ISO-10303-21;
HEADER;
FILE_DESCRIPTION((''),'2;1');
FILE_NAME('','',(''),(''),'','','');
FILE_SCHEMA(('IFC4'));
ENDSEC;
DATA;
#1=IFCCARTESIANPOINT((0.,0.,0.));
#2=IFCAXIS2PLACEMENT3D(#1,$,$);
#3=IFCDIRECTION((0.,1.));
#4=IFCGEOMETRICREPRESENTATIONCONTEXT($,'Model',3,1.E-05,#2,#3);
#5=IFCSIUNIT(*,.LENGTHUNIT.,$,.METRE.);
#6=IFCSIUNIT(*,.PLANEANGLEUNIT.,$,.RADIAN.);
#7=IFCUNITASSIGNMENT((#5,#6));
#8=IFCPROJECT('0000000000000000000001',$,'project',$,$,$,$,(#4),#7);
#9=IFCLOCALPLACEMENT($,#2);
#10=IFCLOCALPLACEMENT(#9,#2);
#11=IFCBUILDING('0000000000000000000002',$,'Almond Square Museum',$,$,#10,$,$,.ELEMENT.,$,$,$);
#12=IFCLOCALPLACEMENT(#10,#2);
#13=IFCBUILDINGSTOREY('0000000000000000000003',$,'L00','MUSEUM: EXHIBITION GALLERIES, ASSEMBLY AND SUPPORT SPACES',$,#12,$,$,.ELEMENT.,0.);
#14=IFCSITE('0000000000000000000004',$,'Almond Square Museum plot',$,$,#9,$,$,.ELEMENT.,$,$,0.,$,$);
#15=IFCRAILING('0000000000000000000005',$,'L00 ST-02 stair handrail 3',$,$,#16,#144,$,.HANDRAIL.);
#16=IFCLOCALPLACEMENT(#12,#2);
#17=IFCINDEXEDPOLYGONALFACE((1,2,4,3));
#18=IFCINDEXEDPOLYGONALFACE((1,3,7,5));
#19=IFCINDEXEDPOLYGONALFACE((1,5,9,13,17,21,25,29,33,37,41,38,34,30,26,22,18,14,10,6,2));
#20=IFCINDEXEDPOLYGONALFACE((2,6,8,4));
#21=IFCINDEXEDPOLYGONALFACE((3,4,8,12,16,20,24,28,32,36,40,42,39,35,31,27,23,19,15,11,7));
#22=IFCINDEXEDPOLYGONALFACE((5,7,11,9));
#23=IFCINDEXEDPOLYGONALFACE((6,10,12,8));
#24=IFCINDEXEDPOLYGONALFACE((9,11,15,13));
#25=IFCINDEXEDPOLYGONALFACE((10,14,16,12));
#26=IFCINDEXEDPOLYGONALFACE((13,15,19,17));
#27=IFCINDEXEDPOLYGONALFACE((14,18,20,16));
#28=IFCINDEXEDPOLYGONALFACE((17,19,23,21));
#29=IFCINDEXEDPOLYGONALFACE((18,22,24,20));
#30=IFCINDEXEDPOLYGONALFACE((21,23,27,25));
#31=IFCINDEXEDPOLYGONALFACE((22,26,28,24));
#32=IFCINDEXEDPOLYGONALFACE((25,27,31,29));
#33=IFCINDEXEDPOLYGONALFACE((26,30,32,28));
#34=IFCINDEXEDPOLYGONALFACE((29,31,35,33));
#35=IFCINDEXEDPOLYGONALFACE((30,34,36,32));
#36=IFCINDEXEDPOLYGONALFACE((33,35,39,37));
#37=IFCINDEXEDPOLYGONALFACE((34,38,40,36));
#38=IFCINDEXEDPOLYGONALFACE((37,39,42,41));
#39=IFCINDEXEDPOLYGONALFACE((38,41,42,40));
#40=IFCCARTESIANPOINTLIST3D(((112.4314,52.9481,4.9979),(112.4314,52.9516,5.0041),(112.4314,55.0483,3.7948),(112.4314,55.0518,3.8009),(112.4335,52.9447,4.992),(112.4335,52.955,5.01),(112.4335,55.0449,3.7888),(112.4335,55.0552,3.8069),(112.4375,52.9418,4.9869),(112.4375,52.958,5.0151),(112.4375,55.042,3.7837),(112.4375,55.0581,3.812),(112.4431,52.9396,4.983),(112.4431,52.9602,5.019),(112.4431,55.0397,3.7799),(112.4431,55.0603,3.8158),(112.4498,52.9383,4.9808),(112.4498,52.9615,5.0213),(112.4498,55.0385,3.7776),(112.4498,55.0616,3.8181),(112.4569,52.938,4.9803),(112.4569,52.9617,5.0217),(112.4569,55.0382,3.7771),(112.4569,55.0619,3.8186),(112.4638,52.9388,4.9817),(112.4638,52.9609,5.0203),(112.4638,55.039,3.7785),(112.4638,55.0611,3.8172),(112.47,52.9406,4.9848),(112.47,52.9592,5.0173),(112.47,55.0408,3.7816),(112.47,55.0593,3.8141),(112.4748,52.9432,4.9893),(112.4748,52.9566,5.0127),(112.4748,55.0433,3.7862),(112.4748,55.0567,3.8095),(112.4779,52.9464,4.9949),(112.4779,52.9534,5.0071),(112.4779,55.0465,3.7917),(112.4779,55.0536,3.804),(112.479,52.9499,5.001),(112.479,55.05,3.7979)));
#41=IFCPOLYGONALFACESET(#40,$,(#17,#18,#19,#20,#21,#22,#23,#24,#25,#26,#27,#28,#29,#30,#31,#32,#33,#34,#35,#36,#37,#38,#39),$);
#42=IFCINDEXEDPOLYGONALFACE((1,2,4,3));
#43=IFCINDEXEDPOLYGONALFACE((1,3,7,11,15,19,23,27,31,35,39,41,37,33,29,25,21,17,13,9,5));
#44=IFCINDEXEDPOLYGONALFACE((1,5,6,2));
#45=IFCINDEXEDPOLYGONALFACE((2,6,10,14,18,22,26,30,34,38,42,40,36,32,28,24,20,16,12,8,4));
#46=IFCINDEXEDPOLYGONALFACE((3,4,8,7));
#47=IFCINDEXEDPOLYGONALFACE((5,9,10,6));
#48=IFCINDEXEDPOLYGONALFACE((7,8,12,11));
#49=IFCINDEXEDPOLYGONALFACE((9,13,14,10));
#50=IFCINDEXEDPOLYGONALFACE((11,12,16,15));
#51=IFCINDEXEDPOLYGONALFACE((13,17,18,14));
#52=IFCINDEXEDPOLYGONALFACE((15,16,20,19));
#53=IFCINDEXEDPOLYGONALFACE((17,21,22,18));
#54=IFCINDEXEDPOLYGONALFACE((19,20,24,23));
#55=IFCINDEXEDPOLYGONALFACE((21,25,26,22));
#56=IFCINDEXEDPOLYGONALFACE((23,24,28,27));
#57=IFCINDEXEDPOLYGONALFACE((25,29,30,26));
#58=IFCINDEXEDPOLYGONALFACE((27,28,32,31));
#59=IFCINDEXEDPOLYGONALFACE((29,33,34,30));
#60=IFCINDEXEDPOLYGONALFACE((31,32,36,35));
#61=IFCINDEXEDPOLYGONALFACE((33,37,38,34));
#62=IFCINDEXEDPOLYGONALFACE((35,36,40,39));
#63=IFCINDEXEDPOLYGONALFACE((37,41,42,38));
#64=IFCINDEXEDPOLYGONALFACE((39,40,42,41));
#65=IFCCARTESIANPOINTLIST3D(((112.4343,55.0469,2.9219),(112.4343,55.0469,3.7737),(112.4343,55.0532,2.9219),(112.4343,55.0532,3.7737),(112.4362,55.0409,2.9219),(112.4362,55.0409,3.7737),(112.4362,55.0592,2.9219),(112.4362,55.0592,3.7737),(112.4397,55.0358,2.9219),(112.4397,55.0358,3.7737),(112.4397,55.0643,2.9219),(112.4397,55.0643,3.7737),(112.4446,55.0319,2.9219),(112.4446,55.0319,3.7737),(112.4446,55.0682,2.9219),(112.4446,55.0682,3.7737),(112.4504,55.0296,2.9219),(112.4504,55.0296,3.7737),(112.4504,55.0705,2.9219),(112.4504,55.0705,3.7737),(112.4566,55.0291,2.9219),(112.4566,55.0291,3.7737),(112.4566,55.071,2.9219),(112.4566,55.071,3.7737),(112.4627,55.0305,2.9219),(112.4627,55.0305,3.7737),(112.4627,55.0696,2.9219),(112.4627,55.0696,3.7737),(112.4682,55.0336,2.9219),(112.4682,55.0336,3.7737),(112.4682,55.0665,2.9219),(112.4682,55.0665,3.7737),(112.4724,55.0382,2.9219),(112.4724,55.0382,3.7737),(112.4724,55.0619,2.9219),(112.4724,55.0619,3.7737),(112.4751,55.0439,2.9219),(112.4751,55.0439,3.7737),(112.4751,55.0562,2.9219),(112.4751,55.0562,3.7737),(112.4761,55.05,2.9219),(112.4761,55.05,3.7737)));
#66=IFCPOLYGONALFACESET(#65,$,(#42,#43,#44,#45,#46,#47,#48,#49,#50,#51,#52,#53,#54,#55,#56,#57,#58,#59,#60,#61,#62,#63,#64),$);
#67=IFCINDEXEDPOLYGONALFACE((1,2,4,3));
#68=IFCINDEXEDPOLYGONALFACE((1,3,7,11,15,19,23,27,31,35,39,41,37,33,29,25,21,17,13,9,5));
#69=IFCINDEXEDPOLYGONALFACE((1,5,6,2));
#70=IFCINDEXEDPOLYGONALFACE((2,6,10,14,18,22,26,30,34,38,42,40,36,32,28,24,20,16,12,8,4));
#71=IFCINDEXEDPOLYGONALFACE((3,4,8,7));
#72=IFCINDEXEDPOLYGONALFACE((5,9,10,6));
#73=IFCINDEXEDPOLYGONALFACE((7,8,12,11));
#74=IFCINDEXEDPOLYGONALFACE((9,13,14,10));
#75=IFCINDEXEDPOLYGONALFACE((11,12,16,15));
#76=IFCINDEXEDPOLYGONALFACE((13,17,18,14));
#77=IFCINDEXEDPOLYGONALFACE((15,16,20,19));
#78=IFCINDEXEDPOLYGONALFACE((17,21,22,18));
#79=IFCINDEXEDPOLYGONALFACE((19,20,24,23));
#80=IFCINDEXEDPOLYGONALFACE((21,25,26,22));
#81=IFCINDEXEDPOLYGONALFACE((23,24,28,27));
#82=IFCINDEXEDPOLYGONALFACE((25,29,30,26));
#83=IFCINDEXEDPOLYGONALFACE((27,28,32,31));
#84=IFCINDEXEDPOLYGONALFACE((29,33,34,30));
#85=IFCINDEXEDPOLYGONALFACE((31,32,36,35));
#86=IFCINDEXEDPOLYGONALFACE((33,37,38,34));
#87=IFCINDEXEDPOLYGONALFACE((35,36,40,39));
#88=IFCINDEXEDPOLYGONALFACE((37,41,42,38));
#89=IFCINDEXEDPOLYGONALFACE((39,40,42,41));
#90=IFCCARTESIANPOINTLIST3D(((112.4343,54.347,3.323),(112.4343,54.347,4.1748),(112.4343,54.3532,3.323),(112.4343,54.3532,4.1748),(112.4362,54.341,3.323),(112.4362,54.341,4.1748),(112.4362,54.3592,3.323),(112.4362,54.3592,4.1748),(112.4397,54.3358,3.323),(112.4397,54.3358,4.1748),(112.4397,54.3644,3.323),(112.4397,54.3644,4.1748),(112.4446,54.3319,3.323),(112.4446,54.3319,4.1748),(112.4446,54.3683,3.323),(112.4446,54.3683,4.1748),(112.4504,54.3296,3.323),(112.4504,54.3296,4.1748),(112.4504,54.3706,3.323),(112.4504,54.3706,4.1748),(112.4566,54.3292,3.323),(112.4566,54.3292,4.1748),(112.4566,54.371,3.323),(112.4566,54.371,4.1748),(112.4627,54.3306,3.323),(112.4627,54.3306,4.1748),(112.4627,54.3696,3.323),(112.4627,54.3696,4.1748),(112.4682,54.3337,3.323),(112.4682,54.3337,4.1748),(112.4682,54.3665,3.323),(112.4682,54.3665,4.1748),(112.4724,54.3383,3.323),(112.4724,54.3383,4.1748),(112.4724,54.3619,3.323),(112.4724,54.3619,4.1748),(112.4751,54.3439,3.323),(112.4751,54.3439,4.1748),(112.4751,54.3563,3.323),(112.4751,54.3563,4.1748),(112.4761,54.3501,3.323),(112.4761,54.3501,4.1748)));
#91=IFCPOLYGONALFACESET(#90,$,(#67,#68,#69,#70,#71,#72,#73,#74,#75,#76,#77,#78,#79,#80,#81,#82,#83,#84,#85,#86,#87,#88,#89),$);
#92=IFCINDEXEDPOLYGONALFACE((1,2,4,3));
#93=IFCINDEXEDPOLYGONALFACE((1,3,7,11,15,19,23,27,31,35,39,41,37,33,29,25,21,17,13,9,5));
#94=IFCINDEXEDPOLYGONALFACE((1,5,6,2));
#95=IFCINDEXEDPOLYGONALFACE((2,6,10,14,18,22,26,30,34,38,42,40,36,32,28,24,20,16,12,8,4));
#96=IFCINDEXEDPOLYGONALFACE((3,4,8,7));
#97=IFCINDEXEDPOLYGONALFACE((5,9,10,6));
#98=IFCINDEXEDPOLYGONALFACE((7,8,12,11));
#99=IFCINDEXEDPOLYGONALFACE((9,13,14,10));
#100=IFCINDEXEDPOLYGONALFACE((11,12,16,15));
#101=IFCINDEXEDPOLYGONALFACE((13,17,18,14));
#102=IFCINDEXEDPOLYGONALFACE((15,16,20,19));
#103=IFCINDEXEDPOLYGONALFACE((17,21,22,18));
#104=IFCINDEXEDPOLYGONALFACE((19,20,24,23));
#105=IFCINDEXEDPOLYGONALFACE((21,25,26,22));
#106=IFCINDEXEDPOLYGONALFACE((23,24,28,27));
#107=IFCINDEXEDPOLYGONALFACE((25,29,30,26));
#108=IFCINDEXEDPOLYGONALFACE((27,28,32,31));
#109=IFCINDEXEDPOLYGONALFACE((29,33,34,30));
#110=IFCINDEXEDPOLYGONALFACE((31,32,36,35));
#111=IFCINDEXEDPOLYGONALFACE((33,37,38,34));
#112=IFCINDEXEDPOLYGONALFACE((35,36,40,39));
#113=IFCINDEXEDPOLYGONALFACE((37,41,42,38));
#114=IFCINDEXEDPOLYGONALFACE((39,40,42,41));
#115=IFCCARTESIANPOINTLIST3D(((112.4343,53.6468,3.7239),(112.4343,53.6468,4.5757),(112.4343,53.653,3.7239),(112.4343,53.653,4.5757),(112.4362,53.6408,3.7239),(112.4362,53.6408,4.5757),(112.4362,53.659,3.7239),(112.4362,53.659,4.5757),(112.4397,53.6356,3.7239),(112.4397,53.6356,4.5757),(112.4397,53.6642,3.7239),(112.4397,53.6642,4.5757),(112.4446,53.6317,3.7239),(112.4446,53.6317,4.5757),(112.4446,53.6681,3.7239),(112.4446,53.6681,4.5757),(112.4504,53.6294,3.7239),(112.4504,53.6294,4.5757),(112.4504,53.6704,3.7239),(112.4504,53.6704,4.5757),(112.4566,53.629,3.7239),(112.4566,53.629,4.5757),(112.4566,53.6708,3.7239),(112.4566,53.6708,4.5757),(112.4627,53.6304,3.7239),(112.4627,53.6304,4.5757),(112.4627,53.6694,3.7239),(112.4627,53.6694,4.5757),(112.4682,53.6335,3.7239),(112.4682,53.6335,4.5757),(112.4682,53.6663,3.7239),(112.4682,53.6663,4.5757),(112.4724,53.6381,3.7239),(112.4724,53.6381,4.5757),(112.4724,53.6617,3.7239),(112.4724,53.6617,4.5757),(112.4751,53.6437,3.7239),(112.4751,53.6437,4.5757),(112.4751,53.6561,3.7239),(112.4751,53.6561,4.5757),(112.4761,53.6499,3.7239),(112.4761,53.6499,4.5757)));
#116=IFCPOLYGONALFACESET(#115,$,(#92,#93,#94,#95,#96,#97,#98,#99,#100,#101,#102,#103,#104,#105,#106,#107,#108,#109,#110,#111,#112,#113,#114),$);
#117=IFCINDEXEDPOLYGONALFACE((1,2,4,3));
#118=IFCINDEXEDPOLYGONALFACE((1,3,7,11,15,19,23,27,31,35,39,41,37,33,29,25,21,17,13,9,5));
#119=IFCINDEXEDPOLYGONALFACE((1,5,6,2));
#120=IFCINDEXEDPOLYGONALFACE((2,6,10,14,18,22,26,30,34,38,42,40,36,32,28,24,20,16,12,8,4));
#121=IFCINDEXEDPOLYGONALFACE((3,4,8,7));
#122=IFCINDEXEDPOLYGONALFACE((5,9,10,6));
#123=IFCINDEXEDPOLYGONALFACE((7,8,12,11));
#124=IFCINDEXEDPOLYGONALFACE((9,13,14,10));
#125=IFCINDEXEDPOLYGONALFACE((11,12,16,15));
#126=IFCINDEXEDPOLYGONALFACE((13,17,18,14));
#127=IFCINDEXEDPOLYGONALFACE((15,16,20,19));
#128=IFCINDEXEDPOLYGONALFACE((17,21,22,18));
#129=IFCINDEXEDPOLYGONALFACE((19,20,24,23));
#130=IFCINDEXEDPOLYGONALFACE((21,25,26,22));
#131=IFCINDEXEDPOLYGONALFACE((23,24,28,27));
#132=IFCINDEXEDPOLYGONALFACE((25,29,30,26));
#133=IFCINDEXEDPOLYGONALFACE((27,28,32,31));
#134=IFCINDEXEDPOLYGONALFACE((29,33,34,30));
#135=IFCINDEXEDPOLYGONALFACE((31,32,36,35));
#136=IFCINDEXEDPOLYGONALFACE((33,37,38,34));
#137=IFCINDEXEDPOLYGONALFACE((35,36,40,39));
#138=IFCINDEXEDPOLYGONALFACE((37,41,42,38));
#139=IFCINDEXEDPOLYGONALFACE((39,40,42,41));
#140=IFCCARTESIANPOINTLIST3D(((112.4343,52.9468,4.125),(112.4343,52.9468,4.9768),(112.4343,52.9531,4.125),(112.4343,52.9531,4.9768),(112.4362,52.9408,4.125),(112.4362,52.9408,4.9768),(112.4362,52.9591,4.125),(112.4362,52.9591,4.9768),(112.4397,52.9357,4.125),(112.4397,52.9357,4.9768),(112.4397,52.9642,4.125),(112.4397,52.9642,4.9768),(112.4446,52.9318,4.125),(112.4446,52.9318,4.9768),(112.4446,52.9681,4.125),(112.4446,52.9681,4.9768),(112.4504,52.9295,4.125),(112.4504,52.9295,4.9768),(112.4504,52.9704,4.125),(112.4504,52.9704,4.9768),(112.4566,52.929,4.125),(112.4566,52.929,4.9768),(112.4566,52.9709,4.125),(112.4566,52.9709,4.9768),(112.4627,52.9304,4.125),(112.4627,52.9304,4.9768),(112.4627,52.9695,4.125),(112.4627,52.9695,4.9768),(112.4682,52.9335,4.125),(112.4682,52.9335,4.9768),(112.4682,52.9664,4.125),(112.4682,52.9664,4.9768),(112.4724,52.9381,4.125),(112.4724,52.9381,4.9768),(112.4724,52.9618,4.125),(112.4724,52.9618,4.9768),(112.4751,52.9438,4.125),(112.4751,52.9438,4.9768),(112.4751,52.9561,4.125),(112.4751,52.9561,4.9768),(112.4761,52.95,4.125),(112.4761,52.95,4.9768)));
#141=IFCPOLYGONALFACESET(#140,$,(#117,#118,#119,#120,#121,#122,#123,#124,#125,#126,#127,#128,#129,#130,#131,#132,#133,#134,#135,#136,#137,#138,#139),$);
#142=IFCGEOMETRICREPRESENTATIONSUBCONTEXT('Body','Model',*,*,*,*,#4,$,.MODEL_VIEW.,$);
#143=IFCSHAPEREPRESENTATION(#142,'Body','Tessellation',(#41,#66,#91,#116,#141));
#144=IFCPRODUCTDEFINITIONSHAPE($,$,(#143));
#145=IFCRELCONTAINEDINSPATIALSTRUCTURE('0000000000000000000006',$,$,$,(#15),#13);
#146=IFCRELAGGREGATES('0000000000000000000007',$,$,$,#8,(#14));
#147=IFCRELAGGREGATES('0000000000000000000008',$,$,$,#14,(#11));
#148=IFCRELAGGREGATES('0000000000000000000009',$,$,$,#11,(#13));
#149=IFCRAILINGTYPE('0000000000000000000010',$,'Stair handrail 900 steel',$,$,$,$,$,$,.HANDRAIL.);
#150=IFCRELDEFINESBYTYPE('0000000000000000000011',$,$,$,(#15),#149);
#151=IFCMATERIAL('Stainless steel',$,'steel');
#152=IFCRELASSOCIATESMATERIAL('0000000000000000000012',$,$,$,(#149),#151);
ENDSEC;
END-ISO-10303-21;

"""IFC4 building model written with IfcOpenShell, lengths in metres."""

from ifc_helpers import new_model, si_unit, direction, frame, origin, origin_2d, place, context, subcontext, project, spatial, circle, extrude, material, type_object, element, save


model = new_model("IFC4")

# Units and contexts
model_context = context("Model", 3, precision=1e-05, world=origin(), true_north=direction((0.0, 1.0)))
body_context = subcontext(model_context, "Body", "Model", "MODEL_VIEW")
ifc_project = project(units=[si_unit("LENGTHUNIT", "METRE"), si_unit("PLANEANGLEUNIT", "RADIAN")], contexts=[model_context])

# Site, building, storey
site_placement = place(None, origin())
site = spatial("IfcSite", under=ifc_project, at=site_placement, Name="Almond Square Museum plot", CompositionType="ELEMENT", RefElevation=0.0)
building_placement = place(site_placement, origin())
building = spatial("IfcBuilding", under=site, at=building_placement, Name="Almond Square Museum", CompositionType="ELEMENT")
storey_placement = place(building_placement, origin())
storey = spatial("IfcBuildingStorey", under=building, at=storey_placement, Name="L00", Description="MUSEUM: EXHIBITION GALLERIES, ASSEMBLY AND SUPPORT SPACES", CompositionType="ELEMENT", Elevation=0.0)

# Railing
ifc_material_1 = material(Name="Stainless steel", Category="steel")
railing_type_1 = type_object("IfcRailingType", Name="Stair handrail 900 steel", PredefinedType="HANDRAIL", material=ifc_material_1)
railing_1_placement = place(storey_placement, frame((112.4551, 55.05, 2.9219)))
element("IfcRailing", 1, at=railing_1_placement, inside=storey, type_object=railing_type_1, Name="L00 ST-02 stair handrail 3", PredefinedType="HANDRAIL", context=body_context, shape_type="SweptSolid", body=[
    extrude(circle(Radius=0.0239, at=origin_2d()), frame((0.0, 0.0, 0.876), z_axis=(0.0, -0.867696, 0.497095), x_axis=(1.0, 0.0, 0.0)), (0.0, 0.0, 1.0), 2.4204),
    extrude(circle(Radius=0.021, at=origin_2d()), origin(), (0.0, 0.0, 1.0), 0.8518),
    extrude(circle(Radius=0.021, at=origin_2d()), frame((0.0, -0.7, 0.4011)), (0.0, 0.0, 1.0), 0.8518),
    extrude(circle(Radius=0.021, at=origin_2d()), frame((0.0, -1.4001, 0.802)), (0.0, 0.0, 1.0), 0.8518),
    extrude(circle(Radius=0.021, at=origin_2d()), frame((0.0, -2.1001, 1.2031)), (0.0, 0.0, 1.0), 0.8518),
])

save(model, "model.ifc")
